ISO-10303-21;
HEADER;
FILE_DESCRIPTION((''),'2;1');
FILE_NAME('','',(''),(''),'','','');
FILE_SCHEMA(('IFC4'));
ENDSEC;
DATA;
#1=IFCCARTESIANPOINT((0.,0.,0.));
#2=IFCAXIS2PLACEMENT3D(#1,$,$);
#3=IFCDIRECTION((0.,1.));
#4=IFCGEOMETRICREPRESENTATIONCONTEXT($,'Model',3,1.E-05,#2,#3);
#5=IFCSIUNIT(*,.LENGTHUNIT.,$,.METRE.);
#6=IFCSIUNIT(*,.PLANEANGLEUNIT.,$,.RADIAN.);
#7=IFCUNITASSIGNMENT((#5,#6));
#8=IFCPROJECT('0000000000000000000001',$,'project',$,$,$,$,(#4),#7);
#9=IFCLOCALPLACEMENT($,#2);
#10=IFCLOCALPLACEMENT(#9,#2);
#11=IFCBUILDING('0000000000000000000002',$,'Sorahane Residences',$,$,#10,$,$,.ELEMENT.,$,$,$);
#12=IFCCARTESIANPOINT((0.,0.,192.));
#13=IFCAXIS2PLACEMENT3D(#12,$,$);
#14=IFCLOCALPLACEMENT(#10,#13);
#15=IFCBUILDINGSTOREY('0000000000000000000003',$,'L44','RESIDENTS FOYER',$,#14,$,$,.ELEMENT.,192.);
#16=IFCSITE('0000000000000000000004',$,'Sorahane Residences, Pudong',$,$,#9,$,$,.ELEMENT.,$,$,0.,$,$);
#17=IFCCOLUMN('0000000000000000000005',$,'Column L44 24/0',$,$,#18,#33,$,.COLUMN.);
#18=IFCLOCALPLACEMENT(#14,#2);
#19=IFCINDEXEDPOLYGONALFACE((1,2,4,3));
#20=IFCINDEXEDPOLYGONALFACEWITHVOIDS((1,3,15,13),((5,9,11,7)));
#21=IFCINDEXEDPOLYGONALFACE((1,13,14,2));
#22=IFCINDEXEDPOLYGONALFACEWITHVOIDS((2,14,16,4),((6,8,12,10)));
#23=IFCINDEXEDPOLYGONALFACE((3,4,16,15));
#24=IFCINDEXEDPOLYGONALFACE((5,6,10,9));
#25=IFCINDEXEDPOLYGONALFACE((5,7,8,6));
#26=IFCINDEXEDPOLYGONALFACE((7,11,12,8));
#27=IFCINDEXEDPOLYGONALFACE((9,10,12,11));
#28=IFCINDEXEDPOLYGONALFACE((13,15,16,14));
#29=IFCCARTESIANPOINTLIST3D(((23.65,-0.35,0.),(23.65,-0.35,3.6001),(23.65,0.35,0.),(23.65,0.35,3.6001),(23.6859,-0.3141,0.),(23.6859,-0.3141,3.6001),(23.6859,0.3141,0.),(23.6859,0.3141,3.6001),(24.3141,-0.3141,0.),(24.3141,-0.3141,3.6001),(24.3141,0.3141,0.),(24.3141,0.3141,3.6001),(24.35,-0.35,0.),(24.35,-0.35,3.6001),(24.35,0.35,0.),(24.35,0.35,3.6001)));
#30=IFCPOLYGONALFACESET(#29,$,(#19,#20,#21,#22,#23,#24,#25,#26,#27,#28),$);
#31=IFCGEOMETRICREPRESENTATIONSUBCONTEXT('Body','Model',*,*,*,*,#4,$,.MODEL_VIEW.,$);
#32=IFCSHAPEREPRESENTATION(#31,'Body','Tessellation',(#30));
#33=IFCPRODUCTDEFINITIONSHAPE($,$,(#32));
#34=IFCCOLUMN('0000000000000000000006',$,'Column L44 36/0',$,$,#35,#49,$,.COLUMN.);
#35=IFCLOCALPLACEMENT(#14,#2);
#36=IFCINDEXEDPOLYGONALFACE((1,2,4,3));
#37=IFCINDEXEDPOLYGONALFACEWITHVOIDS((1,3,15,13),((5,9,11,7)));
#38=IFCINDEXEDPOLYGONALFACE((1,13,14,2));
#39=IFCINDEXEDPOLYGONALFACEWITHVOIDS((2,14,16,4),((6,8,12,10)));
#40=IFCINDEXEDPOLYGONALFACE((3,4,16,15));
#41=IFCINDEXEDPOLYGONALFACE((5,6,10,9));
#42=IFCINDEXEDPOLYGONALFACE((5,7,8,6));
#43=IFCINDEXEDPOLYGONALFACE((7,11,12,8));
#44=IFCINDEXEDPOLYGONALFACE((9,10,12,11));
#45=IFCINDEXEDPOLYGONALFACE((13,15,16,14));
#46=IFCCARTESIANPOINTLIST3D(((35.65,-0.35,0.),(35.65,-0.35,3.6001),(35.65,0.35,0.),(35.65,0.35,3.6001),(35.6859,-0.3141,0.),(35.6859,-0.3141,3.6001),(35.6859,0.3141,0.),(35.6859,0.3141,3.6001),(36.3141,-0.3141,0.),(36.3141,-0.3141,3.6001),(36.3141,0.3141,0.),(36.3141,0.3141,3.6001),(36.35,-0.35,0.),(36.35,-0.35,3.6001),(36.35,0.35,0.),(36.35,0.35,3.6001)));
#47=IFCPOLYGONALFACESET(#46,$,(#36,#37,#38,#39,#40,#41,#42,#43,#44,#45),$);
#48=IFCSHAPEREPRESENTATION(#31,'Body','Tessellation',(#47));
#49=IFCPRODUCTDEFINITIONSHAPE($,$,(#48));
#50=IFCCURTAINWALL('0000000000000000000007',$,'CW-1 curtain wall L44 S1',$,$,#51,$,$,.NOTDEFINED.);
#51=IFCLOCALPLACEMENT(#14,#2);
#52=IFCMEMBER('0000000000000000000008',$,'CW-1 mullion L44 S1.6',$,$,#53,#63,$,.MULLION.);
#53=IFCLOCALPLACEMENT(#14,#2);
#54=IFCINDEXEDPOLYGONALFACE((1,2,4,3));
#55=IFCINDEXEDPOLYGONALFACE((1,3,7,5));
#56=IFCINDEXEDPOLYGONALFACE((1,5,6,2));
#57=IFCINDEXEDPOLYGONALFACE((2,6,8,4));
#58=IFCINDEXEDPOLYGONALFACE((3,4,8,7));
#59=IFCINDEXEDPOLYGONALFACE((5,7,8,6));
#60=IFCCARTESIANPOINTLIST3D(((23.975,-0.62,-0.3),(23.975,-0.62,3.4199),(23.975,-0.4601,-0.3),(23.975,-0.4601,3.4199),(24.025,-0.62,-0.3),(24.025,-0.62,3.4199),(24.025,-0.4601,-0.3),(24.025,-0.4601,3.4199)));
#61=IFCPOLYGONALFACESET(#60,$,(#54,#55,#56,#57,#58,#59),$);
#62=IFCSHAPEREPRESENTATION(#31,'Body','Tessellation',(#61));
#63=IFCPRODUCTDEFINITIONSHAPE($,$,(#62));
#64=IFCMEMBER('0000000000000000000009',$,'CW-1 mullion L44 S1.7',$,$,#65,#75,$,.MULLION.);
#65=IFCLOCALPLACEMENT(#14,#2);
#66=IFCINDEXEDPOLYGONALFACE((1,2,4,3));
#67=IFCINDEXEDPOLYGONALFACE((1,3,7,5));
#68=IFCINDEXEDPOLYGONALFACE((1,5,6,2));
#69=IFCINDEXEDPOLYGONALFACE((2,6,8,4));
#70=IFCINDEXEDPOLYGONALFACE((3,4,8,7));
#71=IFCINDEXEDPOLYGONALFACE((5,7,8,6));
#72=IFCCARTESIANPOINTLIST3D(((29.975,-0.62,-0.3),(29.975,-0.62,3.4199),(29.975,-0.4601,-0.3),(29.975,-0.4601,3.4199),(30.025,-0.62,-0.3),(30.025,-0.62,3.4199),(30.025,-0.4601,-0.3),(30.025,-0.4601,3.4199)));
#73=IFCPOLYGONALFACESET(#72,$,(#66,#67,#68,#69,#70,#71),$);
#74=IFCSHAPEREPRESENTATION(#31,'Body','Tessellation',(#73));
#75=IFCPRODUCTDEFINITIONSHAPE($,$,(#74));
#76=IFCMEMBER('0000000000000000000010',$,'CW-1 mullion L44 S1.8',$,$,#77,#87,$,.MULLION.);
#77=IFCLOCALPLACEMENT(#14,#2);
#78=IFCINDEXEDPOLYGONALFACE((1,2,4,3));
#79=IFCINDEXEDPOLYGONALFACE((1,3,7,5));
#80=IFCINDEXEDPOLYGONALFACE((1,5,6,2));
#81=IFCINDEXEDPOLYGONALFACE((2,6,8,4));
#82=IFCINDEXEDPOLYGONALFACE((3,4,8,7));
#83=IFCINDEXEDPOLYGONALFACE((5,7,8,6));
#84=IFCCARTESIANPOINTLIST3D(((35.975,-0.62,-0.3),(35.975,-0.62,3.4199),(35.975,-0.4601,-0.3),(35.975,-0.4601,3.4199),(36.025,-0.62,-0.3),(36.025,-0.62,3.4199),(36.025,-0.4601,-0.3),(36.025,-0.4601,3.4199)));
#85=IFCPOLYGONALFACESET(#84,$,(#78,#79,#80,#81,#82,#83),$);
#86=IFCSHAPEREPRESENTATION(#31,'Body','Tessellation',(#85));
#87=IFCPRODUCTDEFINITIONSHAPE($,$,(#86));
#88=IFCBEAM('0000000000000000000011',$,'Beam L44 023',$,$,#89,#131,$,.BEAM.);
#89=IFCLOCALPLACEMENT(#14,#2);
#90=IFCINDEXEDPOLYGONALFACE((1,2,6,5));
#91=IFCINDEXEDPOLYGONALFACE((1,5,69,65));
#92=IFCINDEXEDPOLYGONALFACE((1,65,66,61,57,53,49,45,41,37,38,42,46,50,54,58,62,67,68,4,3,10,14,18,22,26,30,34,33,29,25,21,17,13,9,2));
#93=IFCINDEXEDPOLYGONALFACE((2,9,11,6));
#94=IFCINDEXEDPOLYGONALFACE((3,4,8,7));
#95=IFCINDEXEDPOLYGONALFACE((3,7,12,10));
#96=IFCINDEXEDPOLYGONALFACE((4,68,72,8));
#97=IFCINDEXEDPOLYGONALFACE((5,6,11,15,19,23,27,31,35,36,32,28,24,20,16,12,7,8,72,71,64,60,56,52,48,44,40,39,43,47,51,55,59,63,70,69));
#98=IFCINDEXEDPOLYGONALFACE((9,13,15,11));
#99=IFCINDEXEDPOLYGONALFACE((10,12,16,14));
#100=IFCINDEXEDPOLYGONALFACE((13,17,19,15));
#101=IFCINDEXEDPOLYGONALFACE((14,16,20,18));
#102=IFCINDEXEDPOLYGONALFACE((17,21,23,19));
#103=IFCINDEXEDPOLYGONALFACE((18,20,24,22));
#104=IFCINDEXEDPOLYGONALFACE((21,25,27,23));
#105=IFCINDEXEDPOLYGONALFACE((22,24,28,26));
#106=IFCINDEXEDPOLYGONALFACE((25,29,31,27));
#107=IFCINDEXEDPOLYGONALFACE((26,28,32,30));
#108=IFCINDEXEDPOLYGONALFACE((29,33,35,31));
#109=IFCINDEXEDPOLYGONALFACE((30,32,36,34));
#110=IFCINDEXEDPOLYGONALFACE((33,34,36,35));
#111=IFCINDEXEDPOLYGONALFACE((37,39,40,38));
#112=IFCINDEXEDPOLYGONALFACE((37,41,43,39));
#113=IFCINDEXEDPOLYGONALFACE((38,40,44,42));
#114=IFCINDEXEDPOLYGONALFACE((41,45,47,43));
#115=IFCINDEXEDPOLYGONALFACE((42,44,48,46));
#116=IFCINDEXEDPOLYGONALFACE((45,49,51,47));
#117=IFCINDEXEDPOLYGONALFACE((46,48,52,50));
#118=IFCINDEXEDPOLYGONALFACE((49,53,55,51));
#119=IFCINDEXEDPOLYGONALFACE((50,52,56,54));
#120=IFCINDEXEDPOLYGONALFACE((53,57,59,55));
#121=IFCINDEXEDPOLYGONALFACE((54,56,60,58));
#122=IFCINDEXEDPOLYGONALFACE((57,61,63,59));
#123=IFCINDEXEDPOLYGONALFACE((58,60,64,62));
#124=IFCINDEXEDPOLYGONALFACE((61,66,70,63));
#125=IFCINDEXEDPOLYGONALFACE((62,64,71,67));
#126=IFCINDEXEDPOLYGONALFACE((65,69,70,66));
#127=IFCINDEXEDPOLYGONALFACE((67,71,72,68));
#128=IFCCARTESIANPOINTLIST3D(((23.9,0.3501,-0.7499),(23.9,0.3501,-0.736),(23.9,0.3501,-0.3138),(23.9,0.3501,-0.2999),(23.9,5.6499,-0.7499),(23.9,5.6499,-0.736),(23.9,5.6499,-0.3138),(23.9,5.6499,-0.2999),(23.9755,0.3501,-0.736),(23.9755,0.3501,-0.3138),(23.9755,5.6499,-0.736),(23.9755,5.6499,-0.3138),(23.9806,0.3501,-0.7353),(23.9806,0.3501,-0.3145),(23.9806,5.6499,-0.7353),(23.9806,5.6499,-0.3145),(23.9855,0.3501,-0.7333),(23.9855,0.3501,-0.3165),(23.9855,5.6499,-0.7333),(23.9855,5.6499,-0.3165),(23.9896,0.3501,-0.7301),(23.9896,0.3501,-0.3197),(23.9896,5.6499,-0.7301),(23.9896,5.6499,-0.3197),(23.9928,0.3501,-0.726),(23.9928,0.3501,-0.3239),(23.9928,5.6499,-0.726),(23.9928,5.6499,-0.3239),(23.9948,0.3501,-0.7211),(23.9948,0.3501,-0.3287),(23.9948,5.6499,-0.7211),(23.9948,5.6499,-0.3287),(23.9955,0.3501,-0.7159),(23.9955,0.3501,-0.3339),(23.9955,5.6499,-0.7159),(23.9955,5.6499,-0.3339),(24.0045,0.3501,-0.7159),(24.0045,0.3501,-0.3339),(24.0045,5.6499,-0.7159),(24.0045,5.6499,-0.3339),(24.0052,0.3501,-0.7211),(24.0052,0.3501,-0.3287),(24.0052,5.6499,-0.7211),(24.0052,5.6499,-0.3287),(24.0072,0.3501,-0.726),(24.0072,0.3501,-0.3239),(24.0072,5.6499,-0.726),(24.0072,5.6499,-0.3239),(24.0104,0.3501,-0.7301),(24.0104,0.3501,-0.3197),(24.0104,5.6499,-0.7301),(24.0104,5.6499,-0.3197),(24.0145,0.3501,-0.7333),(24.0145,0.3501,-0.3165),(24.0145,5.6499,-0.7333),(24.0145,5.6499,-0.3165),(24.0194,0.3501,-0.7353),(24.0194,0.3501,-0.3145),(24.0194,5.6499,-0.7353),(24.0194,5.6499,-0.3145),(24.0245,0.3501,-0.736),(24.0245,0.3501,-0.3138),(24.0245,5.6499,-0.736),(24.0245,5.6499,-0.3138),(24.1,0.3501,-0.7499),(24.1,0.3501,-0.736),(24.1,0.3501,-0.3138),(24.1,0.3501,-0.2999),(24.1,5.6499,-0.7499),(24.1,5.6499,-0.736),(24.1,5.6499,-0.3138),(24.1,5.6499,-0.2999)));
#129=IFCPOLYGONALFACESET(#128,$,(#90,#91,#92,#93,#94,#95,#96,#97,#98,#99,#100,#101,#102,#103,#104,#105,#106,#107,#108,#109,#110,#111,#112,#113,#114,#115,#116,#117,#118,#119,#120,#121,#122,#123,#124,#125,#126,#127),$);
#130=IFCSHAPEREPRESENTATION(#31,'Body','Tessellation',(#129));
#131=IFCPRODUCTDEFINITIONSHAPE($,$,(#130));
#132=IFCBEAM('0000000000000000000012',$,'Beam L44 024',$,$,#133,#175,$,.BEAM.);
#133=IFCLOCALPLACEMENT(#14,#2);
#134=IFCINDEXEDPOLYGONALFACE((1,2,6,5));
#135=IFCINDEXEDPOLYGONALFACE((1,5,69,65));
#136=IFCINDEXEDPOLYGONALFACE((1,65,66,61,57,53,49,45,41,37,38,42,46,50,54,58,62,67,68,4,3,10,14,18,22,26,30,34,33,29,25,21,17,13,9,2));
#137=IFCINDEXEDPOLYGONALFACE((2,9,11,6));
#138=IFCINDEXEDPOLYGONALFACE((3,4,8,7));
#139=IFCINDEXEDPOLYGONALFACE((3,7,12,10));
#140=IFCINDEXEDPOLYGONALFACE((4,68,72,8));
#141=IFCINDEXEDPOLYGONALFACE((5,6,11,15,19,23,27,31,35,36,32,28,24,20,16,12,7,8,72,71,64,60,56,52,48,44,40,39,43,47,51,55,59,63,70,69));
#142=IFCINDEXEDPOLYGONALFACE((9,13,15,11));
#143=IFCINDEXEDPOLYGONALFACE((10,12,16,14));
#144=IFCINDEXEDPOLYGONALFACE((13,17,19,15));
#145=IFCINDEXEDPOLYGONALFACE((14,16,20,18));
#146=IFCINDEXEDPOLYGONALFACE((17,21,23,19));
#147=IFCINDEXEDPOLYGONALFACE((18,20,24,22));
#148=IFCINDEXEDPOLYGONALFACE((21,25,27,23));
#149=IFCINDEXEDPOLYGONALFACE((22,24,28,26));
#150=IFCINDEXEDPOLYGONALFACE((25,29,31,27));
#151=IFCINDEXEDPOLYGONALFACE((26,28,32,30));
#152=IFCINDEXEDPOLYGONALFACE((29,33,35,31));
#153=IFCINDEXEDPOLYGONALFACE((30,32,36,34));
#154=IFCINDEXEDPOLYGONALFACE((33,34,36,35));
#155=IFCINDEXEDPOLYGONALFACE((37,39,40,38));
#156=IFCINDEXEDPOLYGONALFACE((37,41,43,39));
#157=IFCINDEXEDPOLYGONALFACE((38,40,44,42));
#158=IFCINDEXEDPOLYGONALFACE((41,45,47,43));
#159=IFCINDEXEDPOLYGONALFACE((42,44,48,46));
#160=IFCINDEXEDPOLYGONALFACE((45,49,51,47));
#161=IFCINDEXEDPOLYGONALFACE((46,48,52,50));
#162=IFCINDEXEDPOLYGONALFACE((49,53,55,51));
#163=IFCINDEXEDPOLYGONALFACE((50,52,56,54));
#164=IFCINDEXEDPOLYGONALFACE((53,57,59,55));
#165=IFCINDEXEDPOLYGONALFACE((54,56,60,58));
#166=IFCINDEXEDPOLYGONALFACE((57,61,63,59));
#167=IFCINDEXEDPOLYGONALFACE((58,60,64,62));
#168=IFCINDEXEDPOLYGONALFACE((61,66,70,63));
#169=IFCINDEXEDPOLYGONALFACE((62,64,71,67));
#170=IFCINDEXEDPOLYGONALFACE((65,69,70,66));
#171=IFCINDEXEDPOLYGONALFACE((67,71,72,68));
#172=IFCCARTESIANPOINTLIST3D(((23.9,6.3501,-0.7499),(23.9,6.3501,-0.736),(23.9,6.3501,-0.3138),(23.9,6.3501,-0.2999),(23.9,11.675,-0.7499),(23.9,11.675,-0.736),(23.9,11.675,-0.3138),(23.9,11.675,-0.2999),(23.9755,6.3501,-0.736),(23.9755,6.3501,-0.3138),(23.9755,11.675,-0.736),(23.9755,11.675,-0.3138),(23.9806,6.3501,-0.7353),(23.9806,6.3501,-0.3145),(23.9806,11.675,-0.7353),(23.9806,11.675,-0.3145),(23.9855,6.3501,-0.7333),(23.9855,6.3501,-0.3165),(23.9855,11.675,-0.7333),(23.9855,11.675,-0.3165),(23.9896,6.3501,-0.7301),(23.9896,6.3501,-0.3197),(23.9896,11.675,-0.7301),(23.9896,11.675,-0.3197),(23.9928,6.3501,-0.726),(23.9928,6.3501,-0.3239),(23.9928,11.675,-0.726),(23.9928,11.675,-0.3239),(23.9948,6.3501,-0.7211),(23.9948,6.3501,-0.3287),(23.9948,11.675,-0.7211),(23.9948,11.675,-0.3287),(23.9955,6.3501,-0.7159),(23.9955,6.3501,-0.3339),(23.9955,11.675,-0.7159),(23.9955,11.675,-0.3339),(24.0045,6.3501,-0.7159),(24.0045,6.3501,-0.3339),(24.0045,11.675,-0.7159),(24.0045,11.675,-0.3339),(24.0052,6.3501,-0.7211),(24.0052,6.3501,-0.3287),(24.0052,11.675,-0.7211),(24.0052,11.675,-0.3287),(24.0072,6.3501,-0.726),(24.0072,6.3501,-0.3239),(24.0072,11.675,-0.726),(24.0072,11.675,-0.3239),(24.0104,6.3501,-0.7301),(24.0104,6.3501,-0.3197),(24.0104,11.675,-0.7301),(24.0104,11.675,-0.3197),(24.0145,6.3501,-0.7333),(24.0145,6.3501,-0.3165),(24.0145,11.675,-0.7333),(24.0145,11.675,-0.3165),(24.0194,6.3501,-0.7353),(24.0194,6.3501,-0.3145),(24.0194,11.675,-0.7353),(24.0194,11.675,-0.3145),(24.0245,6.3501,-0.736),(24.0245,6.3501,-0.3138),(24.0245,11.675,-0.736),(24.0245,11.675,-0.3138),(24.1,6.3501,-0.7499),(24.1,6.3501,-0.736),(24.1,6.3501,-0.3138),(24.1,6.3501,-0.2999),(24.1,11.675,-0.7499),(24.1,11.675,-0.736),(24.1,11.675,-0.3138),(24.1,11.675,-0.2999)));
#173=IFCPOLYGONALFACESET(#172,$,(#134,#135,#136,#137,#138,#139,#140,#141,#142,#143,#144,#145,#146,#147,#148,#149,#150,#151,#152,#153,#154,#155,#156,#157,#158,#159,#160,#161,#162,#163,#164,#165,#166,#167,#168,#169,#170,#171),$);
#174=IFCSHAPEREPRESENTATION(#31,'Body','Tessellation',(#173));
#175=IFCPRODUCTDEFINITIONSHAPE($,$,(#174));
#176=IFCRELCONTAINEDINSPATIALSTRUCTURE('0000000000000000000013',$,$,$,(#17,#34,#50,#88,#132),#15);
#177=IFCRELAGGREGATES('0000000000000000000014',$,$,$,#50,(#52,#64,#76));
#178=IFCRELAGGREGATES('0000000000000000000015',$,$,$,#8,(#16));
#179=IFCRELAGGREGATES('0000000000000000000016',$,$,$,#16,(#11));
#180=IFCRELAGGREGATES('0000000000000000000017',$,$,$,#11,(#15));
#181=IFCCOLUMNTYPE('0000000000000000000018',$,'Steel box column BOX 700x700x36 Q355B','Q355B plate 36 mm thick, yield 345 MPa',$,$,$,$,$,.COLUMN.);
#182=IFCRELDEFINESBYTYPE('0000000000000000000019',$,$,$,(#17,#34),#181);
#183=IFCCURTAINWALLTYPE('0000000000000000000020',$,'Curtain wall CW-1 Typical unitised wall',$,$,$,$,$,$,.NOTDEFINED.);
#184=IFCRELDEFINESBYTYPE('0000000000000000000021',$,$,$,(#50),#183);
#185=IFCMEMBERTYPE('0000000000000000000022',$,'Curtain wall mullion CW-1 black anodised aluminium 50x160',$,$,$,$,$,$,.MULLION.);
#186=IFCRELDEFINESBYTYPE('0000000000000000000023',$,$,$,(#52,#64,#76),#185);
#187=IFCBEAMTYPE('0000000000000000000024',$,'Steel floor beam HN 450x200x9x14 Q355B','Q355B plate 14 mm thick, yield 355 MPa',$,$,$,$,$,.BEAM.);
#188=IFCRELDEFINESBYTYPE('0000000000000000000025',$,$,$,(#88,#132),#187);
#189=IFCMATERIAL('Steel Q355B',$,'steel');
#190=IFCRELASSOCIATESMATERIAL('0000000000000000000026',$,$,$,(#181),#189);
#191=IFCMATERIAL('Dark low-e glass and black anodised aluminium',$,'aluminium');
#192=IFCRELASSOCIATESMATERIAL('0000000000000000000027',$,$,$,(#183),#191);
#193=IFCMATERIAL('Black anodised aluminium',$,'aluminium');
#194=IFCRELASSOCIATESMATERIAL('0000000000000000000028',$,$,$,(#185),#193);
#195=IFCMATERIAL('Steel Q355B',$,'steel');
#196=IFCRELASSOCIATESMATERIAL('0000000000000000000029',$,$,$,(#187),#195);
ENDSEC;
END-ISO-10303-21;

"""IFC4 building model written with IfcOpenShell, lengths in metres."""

from ifc_helpers import new_model, si_unit, direction, frame, origin, origin_2d, place, context, subcontext, project, spatial, rectangle, hollow_rectangle, i_section, extrude, material, material_profile, profile_set, type_object, element, aggregate, save


model = new_model("IFC4")

# Units and contexts
model_context = context("Model", 3, precision=1e-05, world=origin(), true_north=direction((0.0, 1.0)))
body_context = subcontext(model_context, "Body", "Model", "MODEL_VIEW")
ifc_project = project(units=[si_unit("LENGTHUNIT", "METRE"), si_unit("PLANEANGLEUNIT", "RADIAN")], contexts=[model_context])

# Site, building, storey
site_placement = place(None, origin())
site = spatial("IfcSite", under=ifc_project, at=site_placement, Name="Sorahane Residences, Pudong", CompositionType="ELEMENT", RefElevation=0.0)
building_placement = place(site_placement, origin())
building = spatial("IfcBuilding", under=site, at=building_placement, Name="Sorahane Residences", CompositionType="ELEMENT")
storey_placement = place(building_placement, frame((0.0, 0.0, 192.0)))
storey = spatial("IfcBuildingStorey", under=building, at=storey_placement, Name="L44", Description="RESIDENTS FOYER", CompositionType="ELEMENT", Elevation=192.0)

# Columns
ifc_material_1 = material(Name="Steel Q355B", Category="steel")
ifc_material_profile_1 = material_profile(ifc_material_1, hollow_rectangle(XDim=0.7, YDim=0.7, WallThickness=0.0359, at=origin_2d()), Name="BOX 700x700x36")
ifc_profile_set_1 = profile_set([ifc_material_profile_1], Name="Steel Q355B")
column_type = type_object("IfcColumnType", Name="Steel box column BOX 700x700x36 Q355B", Description="Q355B plate 36 mm thick, yield 345 MPa", PredefinedType="COLUMN", material=ifc_profile_set_1)
for number, where, z_axis, x_axis, name in (
    (1, (24.0, 0.0, 0.0), (0.0, 0.0, 1.0), (1.0, 0.0, 0.0), "Column L44 24/0"),
    (2, (36.0, 0.0, 0.0), (0.0, 0.0, 1.0), (1.0, 0.0, 0.0), "Column L44 36/0"),
):
    element("IfcColumn", number, at=place(storey_placement, frame(where, z_axis=z_axis, x_axis=x_axis)), inside=storey, type_object=column_type, Name=name, PredefinedType="COLUMN", context=body_context, shape_type="SweptSolid", body=[
        extrude(hollow_rectangle(XDim=0.7, YDim=0.7, WallThickness=0.0359, at=origin_2d()), origin(), (0.0, 0.0, 1.0), 3.6001),
    ])

# Curtain wall, members
ifc_material_2 = material(Name="Dark low-e glass and black anodised aluminium", Category="aluminium")
curtain_wall_type = type_object("IfcCurtainWallType", Name="Curtain wall CW-1 Typical unitised wall", PredefinedType="NOTDEFINED", material=ifc_material_2)
curtain_wall_placement = place(storey_placement, origin())
curtain_wall = element("IfcCurtainWall", 3, at=curtain_wall_placement, inside=storey, type_object=curtain_wall_type, Name="CW-1 curtain wall L44 S1", PredefinedType="NOTDEFINED")
ifc_material_3 = material(Name="Black anodised aluminium", Category="aluminium")
ifc_material_profile_2 = material_profile(ifc_material_3, rectangle(XDim=0.1599, YDim=0.05, at=origin_2d()), Name="Curtain wall mullion CW-1 black anodised aluminium 50x160")
ifc_profile_set_2 = profile_set([ifc_material_profile_2], Name="Black anodised aluminium")
member_type = type_object("IfcMemberType", Name="Curtain wall mullion CW-1 black anodised aluminium 50x160", PredefinedType="MULLION", material=ifc_profile_set_2)
member_1_placement = place(storey_placement, frame((24.0, -0.54, -0.3), z_axis=(0.0, 0.0, 1.0), x_axis=(0.0, -1.0, 0.0)))
member_1 = element("IfcMember", 4, at=member_1_placement, type_object=member_type, Name="CW-1 mullion L44 S1.6", PredefinedType="MULLION", context=body_context, shape_type="SweptSolid", body=[
    extrude(rectangle(XDim=0.1599, YDim=0.05, at=origin_2d()), origin(), (0.0, 0.0, 1.0), 3.72),
])
member_2_placement = place(storey_placement, frame((30.0, -0.54, -0.3), z_axis=(0.0, 0.0, 1.0), x_axis=(0.0, -1.0, 0.0)))
member_2 = element("IfcMember", 5, at=member_2_placement, type_object=member_type, Name="CW-1 mullion L44 S1.7", PredefinedType="MULLION", context=body_context, shape_type="SweptSolid", body=[
    extrude(rectangle(XDim=0.1599, YDim=0.05, at=origin_2d()), origin(), (0.0, 0.0, 1.0), 3.72),
])
member_3_placement = place(storey_placement, frame((36.0, -0.54, -0.3), z_axis=(0.0, 0.0, 1.0), x_axis=(0.0, -1.0, 0.0)))
member_3 = element("IfcMember", 6, at=member_3_placement, type_object=member_type, Name="CW-1 mullion L44 S1.8", PredefinedType="MULLION", context=body_context, shape_type="SweptSolid", body=[
    extrude(rectangle(XDim=0.1599, YDim=0.05, at=origin_2d()), origin(), (0.0, 0.0, 1.0), 3.72),
])

# Beams
ifc_material_4 = material(Name="Steel Q355B", Category="steel")
ifc_material_profile_3 = material_profile(ifc_material_4, i_section(OverallWidth=0.2, OverallDepth=0.45, WebThickness=0.009, FlangeThickness=0.0139, FilletRadius=0.02, at=origin_2d()), Name="HN 450x200x9x14")
ifc_profile_set_3 = profile_set([ifc_material_profile_3], Name="Steel Q355B")
beam_type = type_object("IfcBeamType", Name="Steel floor beam HN 450x200x9x14 Q355B", Description="Q355B plate 14 mm thick, yield 355 MPa", PredefinedType="BEAM", material=ifc_profile_set_3)
beam_1_placement = place(storey_placement, frame((24.0, 0.3501, -0.5249), z_axis=(0.0, 1.0, 0.0), x_axis=(-1.0, 0.0, 0.0)))
element("IfcBeam", 7, at=beam_1_placement, inside=storey, type_object=beam_type, Name="Beam L44 023", PredefinedType="BEAM", context=body_context, shape_type="SweptSolid", body=[
    extrude(i_section(OverallWidth=0.2, OverallDepth=0.45, WebThickness=0.009, FlangeThickness=0.0139, FilletRadius=0.02, at=origin_2d()), origin(), (0.0, 0.0, 1.0), 5.2998),
])
beam_2_placement = place(storey_placement, frame((24.0, 6.3501, -0.5249), z_axis=(0.0, 1.0, 0.0), x_axis=(-1.0, 0.0, 0.0)))
element("IfcBeam", 8, at=beam_2_placement, inside=storey, type_object=beam_type, Name="Beam L44 024", PredefinedType="BEAM", context=body_context, shape_type="SweptSolid", body=[
    extrude(i_section(OverallWidth=0.2, OverallDepth=0.45, WebThickness=0.009, FlangeThickness=0.0139, FilletRadius=0.02, at=origin_2d()), origin(), (0.0, 0.0, 1.0), 5.325),
])

aggregate(curtain_wall, [member_1, member_2, member_3])

save(model, "model.ifc")
